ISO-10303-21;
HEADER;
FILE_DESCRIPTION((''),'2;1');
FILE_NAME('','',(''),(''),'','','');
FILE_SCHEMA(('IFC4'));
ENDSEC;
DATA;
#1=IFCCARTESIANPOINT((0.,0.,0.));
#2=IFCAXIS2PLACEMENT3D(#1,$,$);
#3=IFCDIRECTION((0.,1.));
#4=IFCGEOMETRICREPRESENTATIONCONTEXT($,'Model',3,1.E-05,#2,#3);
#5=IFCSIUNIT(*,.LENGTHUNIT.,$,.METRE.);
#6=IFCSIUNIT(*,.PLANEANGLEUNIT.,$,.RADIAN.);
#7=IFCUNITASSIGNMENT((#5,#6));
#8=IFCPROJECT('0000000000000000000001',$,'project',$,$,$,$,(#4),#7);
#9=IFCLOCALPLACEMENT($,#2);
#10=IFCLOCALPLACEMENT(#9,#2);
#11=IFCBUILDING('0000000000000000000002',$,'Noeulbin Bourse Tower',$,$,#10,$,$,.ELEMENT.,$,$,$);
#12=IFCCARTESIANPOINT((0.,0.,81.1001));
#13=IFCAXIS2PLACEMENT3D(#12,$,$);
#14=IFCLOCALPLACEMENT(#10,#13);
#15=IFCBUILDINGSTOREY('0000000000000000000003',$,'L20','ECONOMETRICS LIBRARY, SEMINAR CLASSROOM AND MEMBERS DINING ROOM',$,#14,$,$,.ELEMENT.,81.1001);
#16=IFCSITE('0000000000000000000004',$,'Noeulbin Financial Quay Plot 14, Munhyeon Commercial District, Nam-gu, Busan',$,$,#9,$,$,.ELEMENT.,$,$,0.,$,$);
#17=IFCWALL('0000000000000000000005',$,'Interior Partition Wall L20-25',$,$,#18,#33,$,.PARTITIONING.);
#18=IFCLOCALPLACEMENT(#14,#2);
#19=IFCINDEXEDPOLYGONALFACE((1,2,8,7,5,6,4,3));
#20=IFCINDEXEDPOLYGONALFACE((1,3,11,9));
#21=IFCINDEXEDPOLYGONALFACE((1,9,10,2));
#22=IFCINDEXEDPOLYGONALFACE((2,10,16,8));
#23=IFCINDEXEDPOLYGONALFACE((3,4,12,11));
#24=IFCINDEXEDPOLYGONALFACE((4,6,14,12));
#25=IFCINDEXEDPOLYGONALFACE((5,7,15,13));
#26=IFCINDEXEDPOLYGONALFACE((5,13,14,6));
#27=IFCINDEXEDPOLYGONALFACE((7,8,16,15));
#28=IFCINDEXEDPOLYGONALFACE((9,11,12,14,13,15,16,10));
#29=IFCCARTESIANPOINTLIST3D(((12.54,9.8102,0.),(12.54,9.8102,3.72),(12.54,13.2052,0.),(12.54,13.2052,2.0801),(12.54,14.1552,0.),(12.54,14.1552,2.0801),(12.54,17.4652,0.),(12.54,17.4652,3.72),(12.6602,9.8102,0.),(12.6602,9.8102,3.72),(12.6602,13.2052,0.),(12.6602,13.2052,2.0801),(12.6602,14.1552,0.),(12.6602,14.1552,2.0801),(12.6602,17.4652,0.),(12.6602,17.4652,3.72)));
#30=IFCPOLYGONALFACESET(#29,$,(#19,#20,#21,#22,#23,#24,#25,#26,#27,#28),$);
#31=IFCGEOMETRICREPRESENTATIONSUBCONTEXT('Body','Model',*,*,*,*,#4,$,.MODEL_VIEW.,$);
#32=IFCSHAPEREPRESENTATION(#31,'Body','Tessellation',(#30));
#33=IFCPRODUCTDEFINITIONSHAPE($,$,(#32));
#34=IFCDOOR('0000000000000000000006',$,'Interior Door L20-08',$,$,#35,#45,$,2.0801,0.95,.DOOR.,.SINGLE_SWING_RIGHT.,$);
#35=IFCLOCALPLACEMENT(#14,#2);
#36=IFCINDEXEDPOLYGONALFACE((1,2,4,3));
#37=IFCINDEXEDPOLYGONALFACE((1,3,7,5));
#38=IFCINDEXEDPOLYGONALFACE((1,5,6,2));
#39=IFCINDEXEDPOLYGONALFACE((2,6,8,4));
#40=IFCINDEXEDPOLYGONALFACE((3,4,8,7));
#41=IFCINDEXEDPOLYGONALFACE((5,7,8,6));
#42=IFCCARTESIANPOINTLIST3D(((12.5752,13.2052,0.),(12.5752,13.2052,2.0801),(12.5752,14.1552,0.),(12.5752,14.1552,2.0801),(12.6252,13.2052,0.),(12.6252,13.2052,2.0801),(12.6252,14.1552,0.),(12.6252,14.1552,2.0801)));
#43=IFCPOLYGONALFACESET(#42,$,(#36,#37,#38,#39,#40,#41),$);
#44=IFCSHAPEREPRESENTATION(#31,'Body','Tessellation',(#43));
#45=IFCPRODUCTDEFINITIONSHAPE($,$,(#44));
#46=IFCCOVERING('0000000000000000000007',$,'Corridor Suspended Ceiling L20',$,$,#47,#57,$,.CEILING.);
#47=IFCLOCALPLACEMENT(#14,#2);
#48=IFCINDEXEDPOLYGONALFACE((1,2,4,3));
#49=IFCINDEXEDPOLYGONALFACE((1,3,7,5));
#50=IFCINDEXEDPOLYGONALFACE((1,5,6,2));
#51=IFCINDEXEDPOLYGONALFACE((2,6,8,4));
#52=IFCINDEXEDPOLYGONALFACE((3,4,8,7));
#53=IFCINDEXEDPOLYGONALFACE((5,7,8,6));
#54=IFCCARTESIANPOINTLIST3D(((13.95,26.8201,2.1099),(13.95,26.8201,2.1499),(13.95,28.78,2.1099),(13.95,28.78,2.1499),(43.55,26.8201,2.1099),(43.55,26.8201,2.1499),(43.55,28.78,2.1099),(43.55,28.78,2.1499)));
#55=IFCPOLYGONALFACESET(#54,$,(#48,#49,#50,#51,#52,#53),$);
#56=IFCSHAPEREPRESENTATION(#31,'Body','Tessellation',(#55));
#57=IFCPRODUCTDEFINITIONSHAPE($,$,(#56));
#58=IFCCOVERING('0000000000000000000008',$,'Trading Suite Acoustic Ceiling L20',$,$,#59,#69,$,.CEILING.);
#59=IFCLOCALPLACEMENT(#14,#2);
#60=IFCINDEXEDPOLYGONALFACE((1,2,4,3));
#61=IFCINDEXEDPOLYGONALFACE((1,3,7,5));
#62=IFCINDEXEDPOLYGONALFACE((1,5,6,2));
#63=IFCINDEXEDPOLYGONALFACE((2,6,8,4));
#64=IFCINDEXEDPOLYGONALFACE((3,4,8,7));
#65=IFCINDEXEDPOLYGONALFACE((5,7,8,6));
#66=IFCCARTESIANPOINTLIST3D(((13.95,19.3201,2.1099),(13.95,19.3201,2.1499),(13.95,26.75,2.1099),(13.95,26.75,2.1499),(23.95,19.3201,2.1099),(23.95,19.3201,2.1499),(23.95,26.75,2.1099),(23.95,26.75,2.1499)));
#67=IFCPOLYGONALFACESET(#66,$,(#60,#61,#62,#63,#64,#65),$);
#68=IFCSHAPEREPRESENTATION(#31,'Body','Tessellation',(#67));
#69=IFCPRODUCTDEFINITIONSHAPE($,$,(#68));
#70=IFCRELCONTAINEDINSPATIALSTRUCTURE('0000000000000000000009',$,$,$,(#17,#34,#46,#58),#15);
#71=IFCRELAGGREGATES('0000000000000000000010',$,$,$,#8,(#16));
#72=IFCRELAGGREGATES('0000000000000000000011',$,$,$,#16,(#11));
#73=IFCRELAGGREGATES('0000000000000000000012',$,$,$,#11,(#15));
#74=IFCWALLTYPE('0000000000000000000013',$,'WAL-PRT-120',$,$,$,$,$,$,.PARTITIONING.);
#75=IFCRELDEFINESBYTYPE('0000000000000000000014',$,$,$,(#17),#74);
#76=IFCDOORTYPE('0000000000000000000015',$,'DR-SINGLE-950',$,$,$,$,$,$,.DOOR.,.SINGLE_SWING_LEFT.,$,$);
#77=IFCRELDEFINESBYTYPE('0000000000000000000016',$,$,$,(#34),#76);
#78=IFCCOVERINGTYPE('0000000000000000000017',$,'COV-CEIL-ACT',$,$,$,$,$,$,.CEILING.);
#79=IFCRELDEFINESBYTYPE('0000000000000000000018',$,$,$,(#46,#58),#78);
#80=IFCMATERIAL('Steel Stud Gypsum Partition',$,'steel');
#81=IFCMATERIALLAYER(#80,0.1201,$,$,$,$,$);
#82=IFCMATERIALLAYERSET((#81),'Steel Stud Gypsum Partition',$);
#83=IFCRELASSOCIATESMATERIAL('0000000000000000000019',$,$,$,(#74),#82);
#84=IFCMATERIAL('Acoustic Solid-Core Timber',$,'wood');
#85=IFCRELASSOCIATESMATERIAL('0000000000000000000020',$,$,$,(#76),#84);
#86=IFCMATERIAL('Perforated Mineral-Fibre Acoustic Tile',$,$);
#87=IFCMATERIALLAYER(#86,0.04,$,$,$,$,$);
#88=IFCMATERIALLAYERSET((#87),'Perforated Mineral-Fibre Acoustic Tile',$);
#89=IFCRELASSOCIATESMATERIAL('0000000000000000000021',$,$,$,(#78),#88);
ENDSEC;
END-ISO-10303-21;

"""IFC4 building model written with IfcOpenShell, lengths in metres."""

from ifc_helpers import new_model, si_unit, direction, frame, frame_2d, origin, place, context, subcontext, project, spatial, polyline, rectangle, outline, extrude, material, layer, layer_set, type_object, element, fill, save


model = new_model("IFC4")

# Units and contexts
model_context = context("Model", 3, precision=1e-05, world=origin(), true_north=direction((0.0, 1.0)))
body_context = subcontext(model_context, "Body", "Model", "MODEL_VIEW")
ifc_project = project(units=[si_unit("LENGTHUNIT", "METRE"), si_unit("PLANEANGLEUNIT", "RADIAN")], contexts=[model_context])

# Site, building, storey
site_placement = place(None, origin())
site = spatial("IfcSite", under=ifc_project, at=site_placement, Name="Noeulbin Financial Quay Plot 14, Munhyeon Commercial District, Nam-gu, Busan", CompositionType="ELEMENT", RefElevation=0.0)
building_placement = place(site_placement, origin())
building = spatial("IfcBuilding", under=site, at=building_placement, Name="Noeulbin Bourse Tower", CompositionType="ELEMENT")
storey_placement = place(building_placement, frame((0.0, 0.0, 81.1001)))
storey = spatial("IfcBuildingStorey", under=building, at=storey_placement, Name="L20", Description="ECONOMETRICS LIBRARY, SEMINAR CLASSROOM AND MEMBERS DINING ROOM", CompositionType="ELEMENT", Elevation=81.1001)

# Wall, opening, door
ifc_material_1 = material(Name="Steel Stud Gypsum Partition", Category="steel")
ifc_layer_1 = layer(ifc_material_1, 0.1201)
ifc_layer_set_1 = layer_set([ifc_layer_1], Name="Steel Stud Gypsum Partition")
wall_type_1 = type_object("IfcWallType", Name="WAL-PRT-120", PredefinedType="PARTITIONING", material=ifc_layer_set_1)
wall_1_placement = place(storey_placement, frame((12.6001, 9.8101, 0.0), z_axis=(0.0, 0.0, 1.0), x_axis=(0.0, 1.0, 0.0)))
wall_1 = element("IfcWall", 1, at=wall_1_placement, inside=storey, type_object=wall_type_1, Name="Interior Partition Wall L20-25", PredefinedType="PARTITIONING", context=body_context, shape_type="SweptSolid", body=[
    extrude(rectangle(XDim=7.655, YDim=0.1201, at=frame_2d((3.8276, 0.0))), origin(), (0.0, 0.0, 1.0), 3.72),
])
opening_1_placement = place(wall_1_placement, frame((3.395, 0.0, 0.0)))
opening_1 = element("IfcOpeningElement", 2, at=opening_1_placement, cuts=wall_1, PredefinedType="OPENING", context=body_context, shape_type="SweptSolid", body=[
    extrude(rectangle(XDim=0.95, YDim=2.0801, at=frame_2d((0.4751, 1.04))), frame((0.0, 0.0701, 0.0), z_axis=(0.0, -1.0, 0.0), x_axis=(1.0, 0.0, 0.0)), (0.0, 0.0, 1.0), 0.1401),
])
ifc_material_2 = material(Name="Acoustic Solid-Core Timber", Category="wood")
door_type_1 = type_object("IfcDoorType", Name="DR-SINGLE-950", OperationType="SINGLE_SWING_LEFT", PredefinedType="DOOR", material=ifc_material_2)
door_1_placement = place(opening_1_placement, origin())
door_1 = element("IfcDoor", 3, at=door_1_placement, inside=storey, type_object=door_type_1, Name="Interior Door L20-08", OperationType="SINGLE_SWING_RIGHT", OverallHeight=2.0801, OverallWidth=0.95, PredefinedType="DOOR", context=body_context, shape_type="SweptSolid", body=[
    extrude(rectangle(XDim=0.95, YDim=2.0801, at=frame_2d((0.4751, 1.04))), frame((0.0, 0.0249, 0.0), z_axis=(0.0, -1.0, 0.0), x_axis=(1.0, 0.0, 0.0)), (0.0, 0.0, 1.0), 0.05),
])
fill(opening_1, door_1)

# Coverings
ifc_material_3 = material(Name="Perforated Mineral-Fibre Acoustic Tile")
ifc_layer_2 = layer(ifc_material_3, 0.04)
ifc_layer_set_2 = layer_set([ifc_layer_2], Name="Perforated Mineral-Fibre Acoustic Tile")
covering_type = type_object("IfcCoveringType", Name="COV-CEIL-ACT", PredefinedType="CEILING", material=ifc_layer_set_2)
covering_1_placement = place(storey_placement, frame((0.0, 0.0, 2.1099)))
element("IfcCovering", 4, at=covering_1_placement, inside=storey, type_object=covering_type, Name="Corridor Suspended Ceiling L20", PredefinedType="CEILING", context=body_context, shape_type="SweptSolid", body=[
    extrude(outline(polyline([(13.95, 26.8201), (43.55, 26.8201), (43.55, 28.78), (13.95, 28.78), (13.95, 26.8201)])), origin(), (0.0, 0.0, 1.0), 0.04),
])
covering_2_placement = place(storey_placement, frame((0.0, 0.0, 2.1099)))
element("IfcCovering", 5, at=covering_2_placement, inside=storey, type_object=covering_type, Name="Trading Suite Acoustic Ceiling L20", PredefinedType="CEILING", context=body_context, shape_type="SweptSolid", body=[
    extrude(outline(polyline([(13.95, 19.3201), (23.95, 19.3201), (23.95, 26.75), (13.95, 26.75), (13.95, 19.3201)])), origin(), (0.0, 0.0, 1.0), 0.04),
])

save(model, "model.ifc")
